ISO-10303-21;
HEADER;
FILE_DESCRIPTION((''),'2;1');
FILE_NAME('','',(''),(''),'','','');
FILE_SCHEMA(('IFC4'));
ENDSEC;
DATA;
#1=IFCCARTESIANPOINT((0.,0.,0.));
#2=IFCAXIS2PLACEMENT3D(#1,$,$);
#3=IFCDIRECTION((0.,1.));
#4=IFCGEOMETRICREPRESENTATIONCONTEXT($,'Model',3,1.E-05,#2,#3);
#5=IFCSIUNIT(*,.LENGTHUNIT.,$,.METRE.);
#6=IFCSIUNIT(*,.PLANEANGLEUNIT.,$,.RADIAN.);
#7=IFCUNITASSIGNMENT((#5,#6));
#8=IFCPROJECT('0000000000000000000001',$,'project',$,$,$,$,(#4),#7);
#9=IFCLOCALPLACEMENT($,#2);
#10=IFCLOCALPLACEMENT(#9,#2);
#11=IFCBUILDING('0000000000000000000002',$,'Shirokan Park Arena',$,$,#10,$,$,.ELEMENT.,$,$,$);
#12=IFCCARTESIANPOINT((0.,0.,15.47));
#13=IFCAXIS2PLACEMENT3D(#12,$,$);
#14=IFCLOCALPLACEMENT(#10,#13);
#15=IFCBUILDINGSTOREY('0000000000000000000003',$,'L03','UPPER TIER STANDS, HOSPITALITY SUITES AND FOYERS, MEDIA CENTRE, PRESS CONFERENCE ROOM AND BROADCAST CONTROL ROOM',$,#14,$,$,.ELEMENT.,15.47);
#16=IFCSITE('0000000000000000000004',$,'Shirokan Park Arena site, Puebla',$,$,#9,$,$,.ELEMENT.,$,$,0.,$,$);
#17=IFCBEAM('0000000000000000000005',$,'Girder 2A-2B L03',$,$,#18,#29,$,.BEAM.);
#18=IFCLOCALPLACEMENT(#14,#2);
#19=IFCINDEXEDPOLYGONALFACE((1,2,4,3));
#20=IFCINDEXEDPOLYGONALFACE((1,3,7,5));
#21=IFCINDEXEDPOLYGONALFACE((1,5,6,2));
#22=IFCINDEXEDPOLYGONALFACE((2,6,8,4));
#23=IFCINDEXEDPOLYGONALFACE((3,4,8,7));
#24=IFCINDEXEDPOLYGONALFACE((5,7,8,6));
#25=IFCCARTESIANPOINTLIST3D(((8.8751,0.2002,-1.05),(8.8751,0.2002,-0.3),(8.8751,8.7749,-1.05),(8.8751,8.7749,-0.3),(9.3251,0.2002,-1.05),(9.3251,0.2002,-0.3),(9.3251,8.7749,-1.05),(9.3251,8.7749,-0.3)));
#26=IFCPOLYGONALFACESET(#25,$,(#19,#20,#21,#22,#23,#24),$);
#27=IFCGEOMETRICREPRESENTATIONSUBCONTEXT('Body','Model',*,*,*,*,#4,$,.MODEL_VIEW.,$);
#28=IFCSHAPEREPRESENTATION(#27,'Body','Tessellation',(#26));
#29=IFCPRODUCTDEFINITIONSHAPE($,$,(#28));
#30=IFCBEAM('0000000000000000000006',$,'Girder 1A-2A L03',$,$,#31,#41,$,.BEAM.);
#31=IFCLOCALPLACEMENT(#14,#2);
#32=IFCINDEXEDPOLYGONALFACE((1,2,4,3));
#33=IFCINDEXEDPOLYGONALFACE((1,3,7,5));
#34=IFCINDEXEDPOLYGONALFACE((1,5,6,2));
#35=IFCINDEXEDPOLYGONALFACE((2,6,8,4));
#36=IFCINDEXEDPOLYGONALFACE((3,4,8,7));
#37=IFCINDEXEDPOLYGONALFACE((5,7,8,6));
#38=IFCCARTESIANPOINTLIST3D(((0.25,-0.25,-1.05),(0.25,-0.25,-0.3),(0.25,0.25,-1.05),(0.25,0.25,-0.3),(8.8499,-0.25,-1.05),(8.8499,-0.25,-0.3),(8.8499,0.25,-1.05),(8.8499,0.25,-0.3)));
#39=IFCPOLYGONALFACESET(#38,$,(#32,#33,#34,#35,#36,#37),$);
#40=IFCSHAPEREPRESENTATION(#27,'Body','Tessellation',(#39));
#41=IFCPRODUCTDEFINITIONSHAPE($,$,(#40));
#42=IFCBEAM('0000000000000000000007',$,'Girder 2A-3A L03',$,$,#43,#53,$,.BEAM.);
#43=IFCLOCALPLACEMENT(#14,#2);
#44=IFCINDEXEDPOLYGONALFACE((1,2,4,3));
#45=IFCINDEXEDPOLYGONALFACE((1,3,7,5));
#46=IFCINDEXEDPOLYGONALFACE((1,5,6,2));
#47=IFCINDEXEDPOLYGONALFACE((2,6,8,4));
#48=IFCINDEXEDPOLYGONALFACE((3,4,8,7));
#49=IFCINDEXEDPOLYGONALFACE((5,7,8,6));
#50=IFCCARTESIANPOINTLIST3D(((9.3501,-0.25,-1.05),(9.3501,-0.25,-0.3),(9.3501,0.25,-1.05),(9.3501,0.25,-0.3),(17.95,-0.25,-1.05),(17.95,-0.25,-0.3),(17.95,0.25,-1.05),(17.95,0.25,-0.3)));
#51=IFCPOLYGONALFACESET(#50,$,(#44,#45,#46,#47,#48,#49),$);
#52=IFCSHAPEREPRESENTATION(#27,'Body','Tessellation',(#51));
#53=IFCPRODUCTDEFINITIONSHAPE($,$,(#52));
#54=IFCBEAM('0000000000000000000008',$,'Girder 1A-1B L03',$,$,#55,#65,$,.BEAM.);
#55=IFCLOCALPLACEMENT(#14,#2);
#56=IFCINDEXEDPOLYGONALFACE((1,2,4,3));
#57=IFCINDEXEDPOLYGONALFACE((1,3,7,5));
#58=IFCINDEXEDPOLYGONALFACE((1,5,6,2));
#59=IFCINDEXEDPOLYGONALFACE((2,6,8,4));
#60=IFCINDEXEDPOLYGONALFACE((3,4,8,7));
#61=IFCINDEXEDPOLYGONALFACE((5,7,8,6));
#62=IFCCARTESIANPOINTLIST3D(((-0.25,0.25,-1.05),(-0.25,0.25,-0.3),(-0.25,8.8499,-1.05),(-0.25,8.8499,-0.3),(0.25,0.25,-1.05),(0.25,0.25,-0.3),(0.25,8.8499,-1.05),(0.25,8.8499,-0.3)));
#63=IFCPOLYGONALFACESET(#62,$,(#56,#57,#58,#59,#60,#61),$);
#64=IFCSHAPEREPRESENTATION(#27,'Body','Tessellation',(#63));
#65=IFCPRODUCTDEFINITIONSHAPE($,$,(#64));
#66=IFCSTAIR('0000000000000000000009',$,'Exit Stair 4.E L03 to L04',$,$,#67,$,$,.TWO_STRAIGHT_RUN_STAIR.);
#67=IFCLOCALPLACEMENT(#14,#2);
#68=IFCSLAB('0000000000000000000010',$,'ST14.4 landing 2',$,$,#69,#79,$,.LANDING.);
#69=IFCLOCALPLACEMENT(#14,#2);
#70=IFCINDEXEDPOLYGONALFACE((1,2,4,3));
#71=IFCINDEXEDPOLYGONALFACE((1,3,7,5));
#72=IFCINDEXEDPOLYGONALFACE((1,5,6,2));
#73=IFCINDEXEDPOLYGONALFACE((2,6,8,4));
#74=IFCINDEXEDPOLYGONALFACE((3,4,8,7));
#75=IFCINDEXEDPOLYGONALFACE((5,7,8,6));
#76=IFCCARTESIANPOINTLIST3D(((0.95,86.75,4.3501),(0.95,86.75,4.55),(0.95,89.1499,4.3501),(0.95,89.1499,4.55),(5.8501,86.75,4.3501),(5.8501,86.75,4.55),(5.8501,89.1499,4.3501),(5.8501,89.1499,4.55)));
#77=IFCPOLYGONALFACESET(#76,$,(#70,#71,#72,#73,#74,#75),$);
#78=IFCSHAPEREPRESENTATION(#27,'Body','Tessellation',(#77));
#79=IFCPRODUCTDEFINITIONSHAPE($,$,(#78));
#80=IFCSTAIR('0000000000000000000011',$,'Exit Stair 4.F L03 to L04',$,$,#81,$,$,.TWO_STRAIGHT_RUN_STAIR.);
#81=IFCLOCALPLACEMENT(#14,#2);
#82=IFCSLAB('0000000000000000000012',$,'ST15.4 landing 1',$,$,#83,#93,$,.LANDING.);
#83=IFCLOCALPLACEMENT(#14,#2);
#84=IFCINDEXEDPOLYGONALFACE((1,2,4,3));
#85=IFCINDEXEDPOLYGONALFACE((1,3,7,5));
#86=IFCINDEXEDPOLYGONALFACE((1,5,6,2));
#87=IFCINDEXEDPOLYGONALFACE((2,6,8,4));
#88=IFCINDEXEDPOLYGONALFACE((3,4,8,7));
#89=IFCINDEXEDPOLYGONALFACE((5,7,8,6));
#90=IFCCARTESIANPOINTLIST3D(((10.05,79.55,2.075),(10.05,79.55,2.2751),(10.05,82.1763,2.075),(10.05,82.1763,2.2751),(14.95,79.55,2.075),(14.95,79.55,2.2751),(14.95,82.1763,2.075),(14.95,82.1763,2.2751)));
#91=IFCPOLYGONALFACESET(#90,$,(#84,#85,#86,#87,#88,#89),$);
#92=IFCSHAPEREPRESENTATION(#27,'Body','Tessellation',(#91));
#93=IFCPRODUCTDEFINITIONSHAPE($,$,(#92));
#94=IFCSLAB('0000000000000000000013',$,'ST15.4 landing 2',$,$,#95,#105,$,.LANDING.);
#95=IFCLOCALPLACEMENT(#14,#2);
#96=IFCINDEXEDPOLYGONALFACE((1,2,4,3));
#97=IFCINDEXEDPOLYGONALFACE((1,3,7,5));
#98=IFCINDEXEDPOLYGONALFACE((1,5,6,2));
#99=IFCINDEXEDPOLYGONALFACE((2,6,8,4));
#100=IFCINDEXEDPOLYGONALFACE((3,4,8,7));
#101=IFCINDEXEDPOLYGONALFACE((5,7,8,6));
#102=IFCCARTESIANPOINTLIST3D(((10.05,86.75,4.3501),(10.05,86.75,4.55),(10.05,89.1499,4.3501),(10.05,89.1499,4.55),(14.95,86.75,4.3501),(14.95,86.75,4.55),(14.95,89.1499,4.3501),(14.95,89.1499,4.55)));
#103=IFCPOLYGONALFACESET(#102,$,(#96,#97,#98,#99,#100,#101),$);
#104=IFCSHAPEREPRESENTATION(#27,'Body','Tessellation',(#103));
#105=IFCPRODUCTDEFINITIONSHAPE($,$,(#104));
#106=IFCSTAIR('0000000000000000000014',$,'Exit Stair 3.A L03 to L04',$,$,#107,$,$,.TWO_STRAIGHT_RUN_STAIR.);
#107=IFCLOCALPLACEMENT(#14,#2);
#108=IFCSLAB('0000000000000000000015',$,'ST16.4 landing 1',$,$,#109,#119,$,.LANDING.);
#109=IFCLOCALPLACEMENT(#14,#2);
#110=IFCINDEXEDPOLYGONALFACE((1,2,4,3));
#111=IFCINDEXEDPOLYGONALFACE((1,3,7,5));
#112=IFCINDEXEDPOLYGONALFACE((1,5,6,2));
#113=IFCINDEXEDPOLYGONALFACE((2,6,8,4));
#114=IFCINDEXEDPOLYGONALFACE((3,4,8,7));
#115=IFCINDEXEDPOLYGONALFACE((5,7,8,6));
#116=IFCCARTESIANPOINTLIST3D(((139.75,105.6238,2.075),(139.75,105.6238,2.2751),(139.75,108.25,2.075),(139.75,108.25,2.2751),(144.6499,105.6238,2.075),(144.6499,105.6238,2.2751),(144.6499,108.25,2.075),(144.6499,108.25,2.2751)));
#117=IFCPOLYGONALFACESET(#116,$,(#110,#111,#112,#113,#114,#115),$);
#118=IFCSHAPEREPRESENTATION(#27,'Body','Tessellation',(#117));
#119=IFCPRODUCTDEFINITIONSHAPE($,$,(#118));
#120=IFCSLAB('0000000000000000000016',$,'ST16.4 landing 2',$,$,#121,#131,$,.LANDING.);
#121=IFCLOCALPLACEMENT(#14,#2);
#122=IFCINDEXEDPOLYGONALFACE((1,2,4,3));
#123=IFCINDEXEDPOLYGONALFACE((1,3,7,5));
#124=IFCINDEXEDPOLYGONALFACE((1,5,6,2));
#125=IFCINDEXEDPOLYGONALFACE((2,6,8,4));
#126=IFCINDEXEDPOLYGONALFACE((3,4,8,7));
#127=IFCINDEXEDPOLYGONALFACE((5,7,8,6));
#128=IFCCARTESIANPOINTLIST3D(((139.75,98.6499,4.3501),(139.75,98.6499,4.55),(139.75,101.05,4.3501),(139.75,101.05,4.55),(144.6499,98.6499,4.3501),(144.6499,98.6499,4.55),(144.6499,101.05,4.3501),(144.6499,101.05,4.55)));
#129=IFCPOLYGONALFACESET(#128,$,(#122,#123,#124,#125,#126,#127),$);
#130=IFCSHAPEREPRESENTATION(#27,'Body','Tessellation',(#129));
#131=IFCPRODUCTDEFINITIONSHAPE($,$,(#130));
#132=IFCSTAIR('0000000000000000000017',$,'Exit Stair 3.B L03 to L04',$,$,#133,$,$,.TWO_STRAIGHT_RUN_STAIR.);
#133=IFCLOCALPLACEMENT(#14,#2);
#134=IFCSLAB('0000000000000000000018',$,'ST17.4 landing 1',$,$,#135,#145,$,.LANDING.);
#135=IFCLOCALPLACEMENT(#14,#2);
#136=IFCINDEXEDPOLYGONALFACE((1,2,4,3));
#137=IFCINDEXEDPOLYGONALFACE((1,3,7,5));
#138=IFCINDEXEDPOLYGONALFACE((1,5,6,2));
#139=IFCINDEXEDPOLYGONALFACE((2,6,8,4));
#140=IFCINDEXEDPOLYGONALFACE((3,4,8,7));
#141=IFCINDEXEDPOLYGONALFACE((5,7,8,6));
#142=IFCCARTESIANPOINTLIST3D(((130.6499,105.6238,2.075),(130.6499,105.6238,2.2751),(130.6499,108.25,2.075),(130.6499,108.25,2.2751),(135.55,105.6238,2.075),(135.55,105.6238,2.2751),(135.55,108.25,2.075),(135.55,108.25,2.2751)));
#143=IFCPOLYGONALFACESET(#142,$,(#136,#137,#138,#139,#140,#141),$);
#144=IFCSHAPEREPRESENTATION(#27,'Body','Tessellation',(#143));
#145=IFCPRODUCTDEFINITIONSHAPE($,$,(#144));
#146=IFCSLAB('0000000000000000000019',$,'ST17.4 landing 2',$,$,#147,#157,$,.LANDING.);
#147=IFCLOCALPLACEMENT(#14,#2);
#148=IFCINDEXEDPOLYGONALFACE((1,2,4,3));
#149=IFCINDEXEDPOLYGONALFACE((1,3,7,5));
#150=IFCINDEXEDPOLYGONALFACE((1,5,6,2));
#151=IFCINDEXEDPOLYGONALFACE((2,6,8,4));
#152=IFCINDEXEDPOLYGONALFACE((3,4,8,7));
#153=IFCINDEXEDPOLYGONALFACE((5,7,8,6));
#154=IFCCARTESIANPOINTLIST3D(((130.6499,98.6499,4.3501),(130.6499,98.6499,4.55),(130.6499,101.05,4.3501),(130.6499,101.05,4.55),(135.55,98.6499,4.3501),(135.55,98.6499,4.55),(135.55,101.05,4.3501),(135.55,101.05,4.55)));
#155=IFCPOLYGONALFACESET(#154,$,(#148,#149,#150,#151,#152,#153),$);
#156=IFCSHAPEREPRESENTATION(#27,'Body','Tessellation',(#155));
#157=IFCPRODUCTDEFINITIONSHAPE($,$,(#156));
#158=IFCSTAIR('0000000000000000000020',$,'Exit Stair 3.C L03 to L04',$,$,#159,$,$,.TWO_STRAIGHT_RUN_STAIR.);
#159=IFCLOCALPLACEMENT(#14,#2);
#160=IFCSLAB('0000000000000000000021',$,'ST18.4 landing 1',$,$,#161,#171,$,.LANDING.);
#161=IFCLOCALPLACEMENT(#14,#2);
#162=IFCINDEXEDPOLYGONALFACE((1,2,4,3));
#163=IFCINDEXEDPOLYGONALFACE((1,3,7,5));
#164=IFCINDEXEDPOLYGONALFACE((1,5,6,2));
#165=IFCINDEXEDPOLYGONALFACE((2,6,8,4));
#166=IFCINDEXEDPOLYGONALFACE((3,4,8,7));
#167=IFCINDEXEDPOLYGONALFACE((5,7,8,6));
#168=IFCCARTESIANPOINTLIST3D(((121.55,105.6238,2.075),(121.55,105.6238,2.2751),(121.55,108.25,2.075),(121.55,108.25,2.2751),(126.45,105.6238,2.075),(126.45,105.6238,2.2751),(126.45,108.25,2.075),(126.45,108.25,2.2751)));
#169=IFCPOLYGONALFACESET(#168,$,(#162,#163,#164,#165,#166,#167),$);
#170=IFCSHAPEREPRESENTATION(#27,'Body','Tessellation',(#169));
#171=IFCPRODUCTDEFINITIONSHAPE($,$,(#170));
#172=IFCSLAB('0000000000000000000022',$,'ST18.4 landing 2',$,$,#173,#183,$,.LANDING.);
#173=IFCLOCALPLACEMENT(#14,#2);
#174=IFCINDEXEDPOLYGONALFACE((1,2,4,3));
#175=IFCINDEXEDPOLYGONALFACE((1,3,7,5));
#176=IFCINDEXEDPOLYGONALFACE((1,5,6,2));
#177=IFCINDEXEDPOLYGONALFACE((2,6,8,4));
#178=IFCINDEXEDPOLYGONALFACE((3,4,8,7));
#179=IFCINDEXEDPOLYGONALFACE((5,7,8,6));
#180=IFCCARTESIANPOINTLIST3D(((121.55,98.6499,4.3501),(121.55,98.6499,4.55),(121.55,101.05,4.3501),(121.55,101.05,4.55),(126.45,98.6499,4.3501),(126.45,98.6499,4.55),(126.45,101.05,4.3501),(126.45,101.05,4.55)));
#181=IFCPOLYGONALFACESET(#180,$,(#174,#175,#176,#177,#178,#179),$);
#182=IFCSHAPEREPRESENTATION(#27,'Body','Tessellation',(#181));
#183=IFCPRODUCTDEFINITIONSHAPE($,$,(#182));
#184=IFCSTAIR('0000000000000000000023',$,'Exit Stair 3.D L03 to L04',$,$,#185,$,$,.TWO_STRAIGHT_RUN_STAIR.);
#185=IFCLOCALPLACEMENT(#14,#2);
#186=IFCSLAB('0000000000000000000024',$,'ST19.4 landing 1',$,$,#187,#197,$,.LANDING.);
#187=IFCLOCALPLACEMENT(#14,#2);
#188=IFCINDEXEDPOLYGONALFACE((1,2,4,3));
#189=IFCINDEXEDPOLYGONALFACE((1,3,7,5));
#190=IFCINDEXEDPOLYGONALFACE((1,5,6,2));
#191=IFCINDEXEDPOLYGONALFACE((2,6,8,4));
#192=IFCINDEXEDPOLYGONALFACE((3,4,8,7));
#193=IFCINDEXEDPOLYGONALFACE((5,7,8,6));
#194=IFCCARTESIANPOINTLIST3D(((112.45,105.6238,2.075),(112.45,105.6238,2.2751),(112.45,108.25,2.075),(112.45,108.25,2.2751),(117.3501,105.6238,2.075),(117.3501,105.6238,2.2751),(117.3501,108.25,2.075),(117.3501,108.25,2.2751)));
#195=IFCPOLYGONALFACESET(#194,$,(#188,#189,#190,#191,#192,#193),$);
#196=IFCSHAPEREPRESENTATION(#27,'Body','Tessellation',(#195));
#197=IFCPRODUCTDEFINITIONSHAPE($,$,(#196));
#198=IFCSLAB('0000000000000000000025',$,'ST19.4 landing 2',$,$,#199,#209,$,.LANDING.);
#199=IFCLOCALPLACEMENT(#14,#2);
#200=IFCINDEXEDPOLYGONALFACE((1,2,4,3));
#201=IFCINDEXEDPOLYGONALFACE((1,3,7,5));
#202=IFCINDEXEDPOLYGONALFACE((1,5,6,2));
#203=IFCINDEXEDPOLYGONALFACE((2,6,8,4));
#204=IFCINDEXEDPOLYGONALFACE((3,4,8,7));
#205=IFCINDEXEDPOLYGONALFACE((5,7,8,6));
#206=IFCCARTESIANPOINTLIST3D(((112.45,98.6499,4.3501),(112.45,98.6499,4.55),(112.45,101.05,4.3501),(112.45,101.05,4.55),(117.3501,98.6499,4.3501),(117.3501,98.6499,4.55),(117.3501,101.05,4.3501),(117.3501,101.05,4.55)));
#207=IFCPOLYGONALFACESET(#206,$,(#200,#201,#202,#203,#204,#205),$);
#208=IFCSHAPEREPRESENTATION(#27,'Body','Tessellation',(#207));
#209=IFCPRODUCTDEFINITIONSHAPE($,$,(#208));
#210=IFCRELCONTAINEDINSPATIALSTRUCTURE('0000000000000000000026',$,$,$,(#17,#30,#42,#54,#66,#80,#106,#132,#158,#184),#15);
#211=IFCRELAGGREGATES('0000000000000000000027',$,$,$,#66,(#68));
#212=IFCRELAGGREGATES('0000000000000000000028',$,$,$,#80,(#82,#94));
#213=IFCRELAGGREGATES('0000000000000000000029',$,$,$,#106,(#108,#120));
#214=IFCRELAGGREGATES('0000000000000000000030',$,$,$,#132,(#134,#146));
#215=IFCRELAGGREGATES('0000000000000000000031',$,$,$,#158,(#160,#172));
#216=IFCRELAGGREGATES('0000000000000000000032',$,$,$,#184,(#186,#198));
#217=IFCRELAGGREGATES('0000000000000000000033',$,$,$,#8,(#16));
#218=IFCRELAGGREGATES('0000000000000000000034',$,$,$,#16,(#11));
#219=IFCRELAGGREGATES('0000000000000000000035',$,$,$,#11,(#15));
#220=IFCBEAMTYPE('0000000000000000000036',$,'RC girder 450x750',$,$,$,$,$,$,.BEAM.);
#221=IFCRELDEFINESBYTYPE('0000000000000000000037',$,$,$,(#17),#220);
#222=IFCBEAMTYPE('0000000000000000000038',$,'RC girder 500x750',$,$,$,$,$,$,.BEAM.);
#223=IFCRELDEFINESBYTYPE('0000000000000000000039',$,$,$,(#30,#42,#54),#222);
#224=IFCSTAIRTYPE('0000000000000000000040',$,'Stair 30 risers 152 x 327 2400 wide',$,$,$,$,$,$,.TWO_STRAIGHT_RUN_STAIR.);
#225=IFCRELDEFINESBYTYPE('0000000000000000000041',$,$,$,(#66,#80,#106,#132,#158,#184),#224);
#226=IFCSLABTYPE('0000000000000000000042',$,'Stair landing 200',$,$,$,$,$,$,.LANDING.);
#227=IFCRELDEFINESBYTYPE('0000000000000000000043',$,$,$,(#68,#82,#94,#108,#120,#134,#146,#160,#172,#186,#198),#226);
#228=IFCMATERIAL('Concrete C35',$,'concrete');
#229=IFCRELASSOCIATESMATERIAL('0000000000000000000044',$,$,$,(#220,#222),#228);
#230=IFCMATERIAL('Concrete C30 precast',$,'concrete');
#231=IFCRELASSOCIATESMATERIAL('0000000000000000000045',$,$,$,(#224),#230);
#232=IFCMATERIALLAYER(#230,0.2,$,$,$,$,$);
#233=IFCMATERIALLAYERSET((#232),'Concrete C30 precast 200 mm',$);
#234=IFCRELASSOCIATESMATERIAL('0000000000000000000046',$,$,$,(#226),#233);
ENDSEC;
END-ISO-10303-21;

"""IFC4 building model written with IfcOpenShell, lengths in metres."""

from ifc_helpers import new_model, si_unit, direction, frame, origin, origin_2d, place, context, subcontext, project, spatial, polyline, rectangle, outline, extrude, material, layer, layer_set, material_profile, profile_set, type_object, element, aggregate, save


model = new_model("IFC4")

# Units and contexts
model_context = context("Model", 3, precision=1e-05, world=origin(), true_north=direction((0.0, 1.0)))
body_context = subcontext(model_context, "Body", "Model", "MODEL_VIEW")
ifc_project = project(units=[si_unit("LENGTHUNIT", "METRE"), si_unit("PLANEANGLEUNIT", "RADIAN")], contexts=[model_context])

# Site, building, storey
site_placement = place(None, origin())
site = spatial("IfcSite", under=ifc_project, at=site_placement, Name="Shirokan Park Arena site, Puebla", CompositionType="ELEMENT", RefElevation=0.0)
building_placement = place(site_placement, origin())
building = spatial("IfcBuilding", under=site, at=building_placement, Name="Shirokan Park Arena", CompositionType="ELEMENT")
storey_placement = place(building_placement, frame((0.0, 0.0, 15.47)))
storey = spatial("IfcBuildingStorey", under=building, at=storey_placement, Name="L03", Description="UPPER TIER STANDS, HOSPITALITY SUITES AND FOYERS, MEDIA CENTRE, PRESS CONFERENCE ROOM AND BROADCAST CONTROL ROOM", CompositionType="ELEMENT", Elevation=15.47)

# Beams
ifc_material_1 = material(Name="Concrete C35", Category="concrete")
ifc_material_profile_1 = material_profile(ifc_material_1, rectangle(XDim=0.45, YDim=0.75, at=origin_2d()), Name="450x750")
ifc_profile_set_1 = profile_set([ifc_material_profile_1], Name="Concrete C35")
beam_type_1 = type_object("IfcBeamType", Name="RC girder 450x750", PredefinedType="BEAM", material=ifc_profile_set_1)
beam_placement = place(storey_placement, frame((9.1001, 0.2002, -0.675), z_axis=(0.0, 1.0, 0.0), x_axis=(-1.0, 0.0, 0.0)))
element("IfcBeam", 1, at=beam_placement, inside=storey, type_object=beam_type_1, Name="Girder 2A-2B L03", PredefinedType="BEAM", context=body_context, shape_type="SweptSolid", body=[
    extrude(rectangle(XDim=0.45, YDim=0.75, at=origin_2d()), origin(), (0.0, 0.0, 1.0), 8.5747),
])
ifc_material_profile_2 = material_profile(ifc_material_1, rectangle(XDim=0.5, YDim=0.75, at=origin_2d()), Name="500x750")
ifc_profile_set_2 = profile_set([ifc_material_profile_2], Name="Concrete C35")
beam_type_2 = type_object("IfcBeamType", Name="RC girder 500x750", PredefinedType="BEAM", material=ifc_profile_set_2)
for number, where, z_axis, x_axis, name in (
    (2, (0.25, 0.0, -0.675), (1.0, 0.0, 0.0), (0.0, 1.0, 0.0), "Girder 1A-2A L03"),
    (3, (9.3501, 0.0, -0.675), (1.0, 0.0, 0.0), (0.0, 1.0, 0.0), "Girder 2A-3A L03"),
    (4, (0.0, 0.25, -0.675), (0.0, 1.0, 0.0), (-1.0, 0.0, 0.0), "Girder 1A-1B L03"),
):
    element("IfcBeam", number, at=place(storey_placement, frame(where, z_axis=z_axis, x_axis=x_axis)), inside=storey, type_object=beam_type_2, Name=name, PredefinedType="BEAM", context=body_context, shape_type="SweptSolid", body=[
        extrude(rectangle(XDim=0.5, YDim=0.75, at=origin_2d()), origin(), (0.0, 0.0, 1.0), 8.5999),
    ])

# Stair, slab
ifc_material_2 = material(Name="Concrete C30 precast", Category="concrete")
stair_type = type_object("IfcStairType", Name="Stair 30 risers 152 x 327 2400 wide", PredefinedType="TWO_STRAIGHT_RUN_STAIR", material=ifc_material_2)
stair_1_placement = place(storey_placement, origin())
stair_1 = element("IfcStair", 5, at=stair_1_placement, inside=storey, type_object=stair_type, Name="Exit Stair 4.E L03 to L04", PredefinedType="TWO_STRAIGHT_RUN_STAIR")
ifc_layer_1 = layer(ifc_material_2, 0.2)
ifc_layer_set_1 = layer_set([ifc_layer_1], Name="Concrete C30 precast 200 mm")
slab_type = type_object("IfcSlabType", Name="Stair landing 200", PredefinedType="LANDING", material=ifc_layer_set_1)
slab_1_placement = place(storey_placement, frame((0.0, 0.0, 4.3501)))
slab_1 = element("IfcSlab", 6, at=slab_1_placement, type_object=slab_type, Name="ST14.4 landing 2", PredefinedType="LANDING", context=body_context, shape_type="SweptSolid", body=[
    extrude(outline(polyline([(0.95, 86.75), (5.8501, 86.75), (5.8501, 89.1499), (0.95, 89.1499), (0.95, 86.75)])), origin(), (0.0, 0.0, 1.0), 0.2),
])
aggregate(stair_1, [slab_1])

# Stairs, slabs
stair_2_placement = place(storey_placement, origin())
stair_2 = element("IfcStair", 7, at=stair_2_placement, inside=storey, type_object=stair_type, Name="Exit Stair 4.F L03 to L04", PredefinedType="TWO_STRAIGHT_RUN_STAIR")
slab_2_placement = place(storey_placement, frame((0.0, 0.0, 2.075)))
slab_2 = element("IfcSlab", 8, at=slab_2_placement, type_object=slab_type, Name="ST15.4 landing 1", PredefinedType="LANDING", context=body_context, shape_type="SweptSolid", body=[
    extrude(outline(polyline([(10.05, 79.55), (14.95, 79.55), (14.95, 82.1763), (10.05, 82.1763), (10.05, 79.55)])), origin(), (0.0, 0.0, 1.0), 0.2002),
])
slab_3_placement = place(storey_placement, frame((0.0, 0.0, 4.3501)))
slab_3 = element("IfcSlab", 9, at=slab_3_placement, type_object=slab_type, Name="ST15.4 landing 2", PredefinedType="LANDING", context=body_context, shape_type="SweptSolid", body=[
    extrude(outline(polyline([(10.05, 86.75), (14.95, 86.75), (14.95, 89.1499), (10.05, 89.1499), (10.05, 86.75)])), origin(), (0.0, 0.0, 1.0), 0.2),
])
aggregate(stair_2, [slab_2, slab_3])
stair_3_placement = place(storey_placement, origin())
stair_3 = element("IfcStair", 10, at=stair_3_placement, inside=storey, type_object=stair_type, Name="Exit Stair 3.A L03 to L04", PredefinedType="TWO_STRAIGHT_RUN_STAIR")
slab_4_placement = place(storey_placement, frame((0.0, 0.0, 2.075)))
slab_4 = element("IfcSlab", 11, at=slab_4_placement, type_object=slab_type, Name="ST16.4 landing 1", PredefinedType="LANDING", context=body_context, shape_type="SweptSolid", body=[
    extrude(outline(polyline([(139.75, 105.6238), (144.6499, 105.6238), (144.6499, 108.25), (139.75, 108.25), (139.75, 105.6238)])), origin(), (0.0, 0.0, 1.0), 0.2002),
])
slab_5_placement = place(storey_placement, frame((0.0, 0.0, 4.3501)))
slab_5 = element("IfcSlab", 12, at=slab_5_placement, type_object=slab_type, Name="ST16.4 landing 2", PredefinedType="LANDING", context=body_context, shape_type="SweptSolid", body=[
    extrude(outline(polyline([(139.75, 98.6499), (144.6499, 98.6499), (144.6499, 101.05), (139.75, 101.05), (139.75, 98.6499)])), origin(), (0.0, 0.0, 1.0), 0.2),
])
aggregate(stair_3, [slab_4, slab_5])
stair_4_placement = place(storey_placement, origin())
stair_4 = element("IfcStair", 13, at=stair_4_placement, inside=storey, type_object=stair_type, Name="Exit Stair 3.B L03 to L04", PredefinedType="TWO_STRAIGHT_RUN_STAIR")
slab_6_placement = place(storey_placement, frame((0.0, 0.0, 2.075)))
slab_6 = element("IfcSlab", 14, at=slab_6_placement, type_object=slab_type, Name="ST17.4 landing 1", PredefinedType="LANDING", context=body_context, shape_type="SweptSolid", body=[
    extrude(outline(polyline([(130.6499, 105.6238), (135.55, 105.6238), (135.55, 108.25), (130.6499, 108.25), (130.6499, 105.6238)])), origin(), (0.0, 0.0, 1.0), 0.2002),
])
slab_7_placement = place(storey_placement, frame((0.0, 0.0, 4.3501)))
slab_7 = element("IfcSlab", 15, at=slab_7_placement, type_object=slab_type, Name="ST17.4 landing 2", PredefinedType="LANDING", context=body_context, shape_type="SweptSolid", body=[
    extrude(outline(polyline([(130.6499, 98.6499), (135.55, 98.6499), (135.55, 101.05), (130.6499, 101.05), (130.6499, 98.6499)])), origin(), (0.0, 0.0, 1.0), 0.2),
])
aggregate(stair_4, [slab_6, slab_7])
stair_5_placement = place(storey_placement, origin())
stair_5 = element("IfcStair", 16, at=stair_5_placement, inside=storey, type_object=stair_type, Name="Exit Stair 3.C L03 to L04", PredefinedType="TWO_STRAIGHT_RUN_STAIR")
slab_8_placement = place(storey_placement, frame((0.0, 0.0, 2.075)))
slab_8 = element("IfcSlab", 17, at=slab_8_placement, type_object=slab_type, Name="ST18.4 landing 1", PredefinedType="LANDING", context=body_context, shape_type="SweptSolid", body=[
    extrude(outline(polyline([(121.55, 105.6238), (126.45, 105.6238), (126.45, 108.25), (121.55, 108.25), (121.55, 105.6238)])), origin(), (0.0, 0.0, 1.0), 0.2002),
])
slab_9_placement = place(storey_placement, frame((0.0, 0.0, 4.3501)))
slab_9 = element("IfcSlab", 18, at=slab_9_placement, type_object=slab_type, Name="ST18.4 landing 2", PredefinedType="LANDING", context=body_context, shape_type="SweptSolid", body=[
    extrude(outline(polyline([(121.55, 98.6499), (126.45, 98.6499), (126.45, 101.05), (121.55, 101.05), (121.55, 98.6499)])), origin(), (0.0, 0.0, 1.0), 0.2),
])
aggregate(stair_5, [slab_8, slab_9])
stair_6_placement = place(storey_placement, origin())
stair_6 = element("IfcStair", 19, at=stair_6_placement, inside=storey, type_object=stair_type, Name="Exit Stair 3.D L03 to L04", PredefinedType="TWO_STRAIGHT_RUN_STAIR")
slab_10_placement = place(storey_placement, frame((0.0, 0.0, 2.075)))
slab_10 = element("IfcSlab", 20, at=slab_10_placement, type_object=slab_type, Name="ST19.4 landing 1", PredefinedType="LANDING", context=body_context, shape_type="SweptSolid", body=[
    extrude(outline(polyline([(112.45, 105.6238), (117.3501, 105.6238), (117.3501, 108.25), (112.45, 108.25), (112.45, 105.6238)])), origin(), (0.0, 0.0, 1.0), 0.2002),
])
slab_11_placement = place(storey_placement, frame((0.0, 0.0, 4.3501)))
slab_11 = element("IfcSlab", 21, at=slab_11_placement, type_object=slab_type, Name="ST19.4 landing 2", PredefinedType="LANDING", context=body_context, shape_type="SweptSolid", body=[
    extrude(outline(polyline([(112.45, 98.6499), (117.3501, 98.6499), (117.3501, 101.05), (112.45, 101.05), (112.45, 98.6499)])), origin(), (0.0, 0.0, 1.0), 0.2),
])
aggregate(stair_6, [slab_10, slab_11])

save(model, "model.ifc")
